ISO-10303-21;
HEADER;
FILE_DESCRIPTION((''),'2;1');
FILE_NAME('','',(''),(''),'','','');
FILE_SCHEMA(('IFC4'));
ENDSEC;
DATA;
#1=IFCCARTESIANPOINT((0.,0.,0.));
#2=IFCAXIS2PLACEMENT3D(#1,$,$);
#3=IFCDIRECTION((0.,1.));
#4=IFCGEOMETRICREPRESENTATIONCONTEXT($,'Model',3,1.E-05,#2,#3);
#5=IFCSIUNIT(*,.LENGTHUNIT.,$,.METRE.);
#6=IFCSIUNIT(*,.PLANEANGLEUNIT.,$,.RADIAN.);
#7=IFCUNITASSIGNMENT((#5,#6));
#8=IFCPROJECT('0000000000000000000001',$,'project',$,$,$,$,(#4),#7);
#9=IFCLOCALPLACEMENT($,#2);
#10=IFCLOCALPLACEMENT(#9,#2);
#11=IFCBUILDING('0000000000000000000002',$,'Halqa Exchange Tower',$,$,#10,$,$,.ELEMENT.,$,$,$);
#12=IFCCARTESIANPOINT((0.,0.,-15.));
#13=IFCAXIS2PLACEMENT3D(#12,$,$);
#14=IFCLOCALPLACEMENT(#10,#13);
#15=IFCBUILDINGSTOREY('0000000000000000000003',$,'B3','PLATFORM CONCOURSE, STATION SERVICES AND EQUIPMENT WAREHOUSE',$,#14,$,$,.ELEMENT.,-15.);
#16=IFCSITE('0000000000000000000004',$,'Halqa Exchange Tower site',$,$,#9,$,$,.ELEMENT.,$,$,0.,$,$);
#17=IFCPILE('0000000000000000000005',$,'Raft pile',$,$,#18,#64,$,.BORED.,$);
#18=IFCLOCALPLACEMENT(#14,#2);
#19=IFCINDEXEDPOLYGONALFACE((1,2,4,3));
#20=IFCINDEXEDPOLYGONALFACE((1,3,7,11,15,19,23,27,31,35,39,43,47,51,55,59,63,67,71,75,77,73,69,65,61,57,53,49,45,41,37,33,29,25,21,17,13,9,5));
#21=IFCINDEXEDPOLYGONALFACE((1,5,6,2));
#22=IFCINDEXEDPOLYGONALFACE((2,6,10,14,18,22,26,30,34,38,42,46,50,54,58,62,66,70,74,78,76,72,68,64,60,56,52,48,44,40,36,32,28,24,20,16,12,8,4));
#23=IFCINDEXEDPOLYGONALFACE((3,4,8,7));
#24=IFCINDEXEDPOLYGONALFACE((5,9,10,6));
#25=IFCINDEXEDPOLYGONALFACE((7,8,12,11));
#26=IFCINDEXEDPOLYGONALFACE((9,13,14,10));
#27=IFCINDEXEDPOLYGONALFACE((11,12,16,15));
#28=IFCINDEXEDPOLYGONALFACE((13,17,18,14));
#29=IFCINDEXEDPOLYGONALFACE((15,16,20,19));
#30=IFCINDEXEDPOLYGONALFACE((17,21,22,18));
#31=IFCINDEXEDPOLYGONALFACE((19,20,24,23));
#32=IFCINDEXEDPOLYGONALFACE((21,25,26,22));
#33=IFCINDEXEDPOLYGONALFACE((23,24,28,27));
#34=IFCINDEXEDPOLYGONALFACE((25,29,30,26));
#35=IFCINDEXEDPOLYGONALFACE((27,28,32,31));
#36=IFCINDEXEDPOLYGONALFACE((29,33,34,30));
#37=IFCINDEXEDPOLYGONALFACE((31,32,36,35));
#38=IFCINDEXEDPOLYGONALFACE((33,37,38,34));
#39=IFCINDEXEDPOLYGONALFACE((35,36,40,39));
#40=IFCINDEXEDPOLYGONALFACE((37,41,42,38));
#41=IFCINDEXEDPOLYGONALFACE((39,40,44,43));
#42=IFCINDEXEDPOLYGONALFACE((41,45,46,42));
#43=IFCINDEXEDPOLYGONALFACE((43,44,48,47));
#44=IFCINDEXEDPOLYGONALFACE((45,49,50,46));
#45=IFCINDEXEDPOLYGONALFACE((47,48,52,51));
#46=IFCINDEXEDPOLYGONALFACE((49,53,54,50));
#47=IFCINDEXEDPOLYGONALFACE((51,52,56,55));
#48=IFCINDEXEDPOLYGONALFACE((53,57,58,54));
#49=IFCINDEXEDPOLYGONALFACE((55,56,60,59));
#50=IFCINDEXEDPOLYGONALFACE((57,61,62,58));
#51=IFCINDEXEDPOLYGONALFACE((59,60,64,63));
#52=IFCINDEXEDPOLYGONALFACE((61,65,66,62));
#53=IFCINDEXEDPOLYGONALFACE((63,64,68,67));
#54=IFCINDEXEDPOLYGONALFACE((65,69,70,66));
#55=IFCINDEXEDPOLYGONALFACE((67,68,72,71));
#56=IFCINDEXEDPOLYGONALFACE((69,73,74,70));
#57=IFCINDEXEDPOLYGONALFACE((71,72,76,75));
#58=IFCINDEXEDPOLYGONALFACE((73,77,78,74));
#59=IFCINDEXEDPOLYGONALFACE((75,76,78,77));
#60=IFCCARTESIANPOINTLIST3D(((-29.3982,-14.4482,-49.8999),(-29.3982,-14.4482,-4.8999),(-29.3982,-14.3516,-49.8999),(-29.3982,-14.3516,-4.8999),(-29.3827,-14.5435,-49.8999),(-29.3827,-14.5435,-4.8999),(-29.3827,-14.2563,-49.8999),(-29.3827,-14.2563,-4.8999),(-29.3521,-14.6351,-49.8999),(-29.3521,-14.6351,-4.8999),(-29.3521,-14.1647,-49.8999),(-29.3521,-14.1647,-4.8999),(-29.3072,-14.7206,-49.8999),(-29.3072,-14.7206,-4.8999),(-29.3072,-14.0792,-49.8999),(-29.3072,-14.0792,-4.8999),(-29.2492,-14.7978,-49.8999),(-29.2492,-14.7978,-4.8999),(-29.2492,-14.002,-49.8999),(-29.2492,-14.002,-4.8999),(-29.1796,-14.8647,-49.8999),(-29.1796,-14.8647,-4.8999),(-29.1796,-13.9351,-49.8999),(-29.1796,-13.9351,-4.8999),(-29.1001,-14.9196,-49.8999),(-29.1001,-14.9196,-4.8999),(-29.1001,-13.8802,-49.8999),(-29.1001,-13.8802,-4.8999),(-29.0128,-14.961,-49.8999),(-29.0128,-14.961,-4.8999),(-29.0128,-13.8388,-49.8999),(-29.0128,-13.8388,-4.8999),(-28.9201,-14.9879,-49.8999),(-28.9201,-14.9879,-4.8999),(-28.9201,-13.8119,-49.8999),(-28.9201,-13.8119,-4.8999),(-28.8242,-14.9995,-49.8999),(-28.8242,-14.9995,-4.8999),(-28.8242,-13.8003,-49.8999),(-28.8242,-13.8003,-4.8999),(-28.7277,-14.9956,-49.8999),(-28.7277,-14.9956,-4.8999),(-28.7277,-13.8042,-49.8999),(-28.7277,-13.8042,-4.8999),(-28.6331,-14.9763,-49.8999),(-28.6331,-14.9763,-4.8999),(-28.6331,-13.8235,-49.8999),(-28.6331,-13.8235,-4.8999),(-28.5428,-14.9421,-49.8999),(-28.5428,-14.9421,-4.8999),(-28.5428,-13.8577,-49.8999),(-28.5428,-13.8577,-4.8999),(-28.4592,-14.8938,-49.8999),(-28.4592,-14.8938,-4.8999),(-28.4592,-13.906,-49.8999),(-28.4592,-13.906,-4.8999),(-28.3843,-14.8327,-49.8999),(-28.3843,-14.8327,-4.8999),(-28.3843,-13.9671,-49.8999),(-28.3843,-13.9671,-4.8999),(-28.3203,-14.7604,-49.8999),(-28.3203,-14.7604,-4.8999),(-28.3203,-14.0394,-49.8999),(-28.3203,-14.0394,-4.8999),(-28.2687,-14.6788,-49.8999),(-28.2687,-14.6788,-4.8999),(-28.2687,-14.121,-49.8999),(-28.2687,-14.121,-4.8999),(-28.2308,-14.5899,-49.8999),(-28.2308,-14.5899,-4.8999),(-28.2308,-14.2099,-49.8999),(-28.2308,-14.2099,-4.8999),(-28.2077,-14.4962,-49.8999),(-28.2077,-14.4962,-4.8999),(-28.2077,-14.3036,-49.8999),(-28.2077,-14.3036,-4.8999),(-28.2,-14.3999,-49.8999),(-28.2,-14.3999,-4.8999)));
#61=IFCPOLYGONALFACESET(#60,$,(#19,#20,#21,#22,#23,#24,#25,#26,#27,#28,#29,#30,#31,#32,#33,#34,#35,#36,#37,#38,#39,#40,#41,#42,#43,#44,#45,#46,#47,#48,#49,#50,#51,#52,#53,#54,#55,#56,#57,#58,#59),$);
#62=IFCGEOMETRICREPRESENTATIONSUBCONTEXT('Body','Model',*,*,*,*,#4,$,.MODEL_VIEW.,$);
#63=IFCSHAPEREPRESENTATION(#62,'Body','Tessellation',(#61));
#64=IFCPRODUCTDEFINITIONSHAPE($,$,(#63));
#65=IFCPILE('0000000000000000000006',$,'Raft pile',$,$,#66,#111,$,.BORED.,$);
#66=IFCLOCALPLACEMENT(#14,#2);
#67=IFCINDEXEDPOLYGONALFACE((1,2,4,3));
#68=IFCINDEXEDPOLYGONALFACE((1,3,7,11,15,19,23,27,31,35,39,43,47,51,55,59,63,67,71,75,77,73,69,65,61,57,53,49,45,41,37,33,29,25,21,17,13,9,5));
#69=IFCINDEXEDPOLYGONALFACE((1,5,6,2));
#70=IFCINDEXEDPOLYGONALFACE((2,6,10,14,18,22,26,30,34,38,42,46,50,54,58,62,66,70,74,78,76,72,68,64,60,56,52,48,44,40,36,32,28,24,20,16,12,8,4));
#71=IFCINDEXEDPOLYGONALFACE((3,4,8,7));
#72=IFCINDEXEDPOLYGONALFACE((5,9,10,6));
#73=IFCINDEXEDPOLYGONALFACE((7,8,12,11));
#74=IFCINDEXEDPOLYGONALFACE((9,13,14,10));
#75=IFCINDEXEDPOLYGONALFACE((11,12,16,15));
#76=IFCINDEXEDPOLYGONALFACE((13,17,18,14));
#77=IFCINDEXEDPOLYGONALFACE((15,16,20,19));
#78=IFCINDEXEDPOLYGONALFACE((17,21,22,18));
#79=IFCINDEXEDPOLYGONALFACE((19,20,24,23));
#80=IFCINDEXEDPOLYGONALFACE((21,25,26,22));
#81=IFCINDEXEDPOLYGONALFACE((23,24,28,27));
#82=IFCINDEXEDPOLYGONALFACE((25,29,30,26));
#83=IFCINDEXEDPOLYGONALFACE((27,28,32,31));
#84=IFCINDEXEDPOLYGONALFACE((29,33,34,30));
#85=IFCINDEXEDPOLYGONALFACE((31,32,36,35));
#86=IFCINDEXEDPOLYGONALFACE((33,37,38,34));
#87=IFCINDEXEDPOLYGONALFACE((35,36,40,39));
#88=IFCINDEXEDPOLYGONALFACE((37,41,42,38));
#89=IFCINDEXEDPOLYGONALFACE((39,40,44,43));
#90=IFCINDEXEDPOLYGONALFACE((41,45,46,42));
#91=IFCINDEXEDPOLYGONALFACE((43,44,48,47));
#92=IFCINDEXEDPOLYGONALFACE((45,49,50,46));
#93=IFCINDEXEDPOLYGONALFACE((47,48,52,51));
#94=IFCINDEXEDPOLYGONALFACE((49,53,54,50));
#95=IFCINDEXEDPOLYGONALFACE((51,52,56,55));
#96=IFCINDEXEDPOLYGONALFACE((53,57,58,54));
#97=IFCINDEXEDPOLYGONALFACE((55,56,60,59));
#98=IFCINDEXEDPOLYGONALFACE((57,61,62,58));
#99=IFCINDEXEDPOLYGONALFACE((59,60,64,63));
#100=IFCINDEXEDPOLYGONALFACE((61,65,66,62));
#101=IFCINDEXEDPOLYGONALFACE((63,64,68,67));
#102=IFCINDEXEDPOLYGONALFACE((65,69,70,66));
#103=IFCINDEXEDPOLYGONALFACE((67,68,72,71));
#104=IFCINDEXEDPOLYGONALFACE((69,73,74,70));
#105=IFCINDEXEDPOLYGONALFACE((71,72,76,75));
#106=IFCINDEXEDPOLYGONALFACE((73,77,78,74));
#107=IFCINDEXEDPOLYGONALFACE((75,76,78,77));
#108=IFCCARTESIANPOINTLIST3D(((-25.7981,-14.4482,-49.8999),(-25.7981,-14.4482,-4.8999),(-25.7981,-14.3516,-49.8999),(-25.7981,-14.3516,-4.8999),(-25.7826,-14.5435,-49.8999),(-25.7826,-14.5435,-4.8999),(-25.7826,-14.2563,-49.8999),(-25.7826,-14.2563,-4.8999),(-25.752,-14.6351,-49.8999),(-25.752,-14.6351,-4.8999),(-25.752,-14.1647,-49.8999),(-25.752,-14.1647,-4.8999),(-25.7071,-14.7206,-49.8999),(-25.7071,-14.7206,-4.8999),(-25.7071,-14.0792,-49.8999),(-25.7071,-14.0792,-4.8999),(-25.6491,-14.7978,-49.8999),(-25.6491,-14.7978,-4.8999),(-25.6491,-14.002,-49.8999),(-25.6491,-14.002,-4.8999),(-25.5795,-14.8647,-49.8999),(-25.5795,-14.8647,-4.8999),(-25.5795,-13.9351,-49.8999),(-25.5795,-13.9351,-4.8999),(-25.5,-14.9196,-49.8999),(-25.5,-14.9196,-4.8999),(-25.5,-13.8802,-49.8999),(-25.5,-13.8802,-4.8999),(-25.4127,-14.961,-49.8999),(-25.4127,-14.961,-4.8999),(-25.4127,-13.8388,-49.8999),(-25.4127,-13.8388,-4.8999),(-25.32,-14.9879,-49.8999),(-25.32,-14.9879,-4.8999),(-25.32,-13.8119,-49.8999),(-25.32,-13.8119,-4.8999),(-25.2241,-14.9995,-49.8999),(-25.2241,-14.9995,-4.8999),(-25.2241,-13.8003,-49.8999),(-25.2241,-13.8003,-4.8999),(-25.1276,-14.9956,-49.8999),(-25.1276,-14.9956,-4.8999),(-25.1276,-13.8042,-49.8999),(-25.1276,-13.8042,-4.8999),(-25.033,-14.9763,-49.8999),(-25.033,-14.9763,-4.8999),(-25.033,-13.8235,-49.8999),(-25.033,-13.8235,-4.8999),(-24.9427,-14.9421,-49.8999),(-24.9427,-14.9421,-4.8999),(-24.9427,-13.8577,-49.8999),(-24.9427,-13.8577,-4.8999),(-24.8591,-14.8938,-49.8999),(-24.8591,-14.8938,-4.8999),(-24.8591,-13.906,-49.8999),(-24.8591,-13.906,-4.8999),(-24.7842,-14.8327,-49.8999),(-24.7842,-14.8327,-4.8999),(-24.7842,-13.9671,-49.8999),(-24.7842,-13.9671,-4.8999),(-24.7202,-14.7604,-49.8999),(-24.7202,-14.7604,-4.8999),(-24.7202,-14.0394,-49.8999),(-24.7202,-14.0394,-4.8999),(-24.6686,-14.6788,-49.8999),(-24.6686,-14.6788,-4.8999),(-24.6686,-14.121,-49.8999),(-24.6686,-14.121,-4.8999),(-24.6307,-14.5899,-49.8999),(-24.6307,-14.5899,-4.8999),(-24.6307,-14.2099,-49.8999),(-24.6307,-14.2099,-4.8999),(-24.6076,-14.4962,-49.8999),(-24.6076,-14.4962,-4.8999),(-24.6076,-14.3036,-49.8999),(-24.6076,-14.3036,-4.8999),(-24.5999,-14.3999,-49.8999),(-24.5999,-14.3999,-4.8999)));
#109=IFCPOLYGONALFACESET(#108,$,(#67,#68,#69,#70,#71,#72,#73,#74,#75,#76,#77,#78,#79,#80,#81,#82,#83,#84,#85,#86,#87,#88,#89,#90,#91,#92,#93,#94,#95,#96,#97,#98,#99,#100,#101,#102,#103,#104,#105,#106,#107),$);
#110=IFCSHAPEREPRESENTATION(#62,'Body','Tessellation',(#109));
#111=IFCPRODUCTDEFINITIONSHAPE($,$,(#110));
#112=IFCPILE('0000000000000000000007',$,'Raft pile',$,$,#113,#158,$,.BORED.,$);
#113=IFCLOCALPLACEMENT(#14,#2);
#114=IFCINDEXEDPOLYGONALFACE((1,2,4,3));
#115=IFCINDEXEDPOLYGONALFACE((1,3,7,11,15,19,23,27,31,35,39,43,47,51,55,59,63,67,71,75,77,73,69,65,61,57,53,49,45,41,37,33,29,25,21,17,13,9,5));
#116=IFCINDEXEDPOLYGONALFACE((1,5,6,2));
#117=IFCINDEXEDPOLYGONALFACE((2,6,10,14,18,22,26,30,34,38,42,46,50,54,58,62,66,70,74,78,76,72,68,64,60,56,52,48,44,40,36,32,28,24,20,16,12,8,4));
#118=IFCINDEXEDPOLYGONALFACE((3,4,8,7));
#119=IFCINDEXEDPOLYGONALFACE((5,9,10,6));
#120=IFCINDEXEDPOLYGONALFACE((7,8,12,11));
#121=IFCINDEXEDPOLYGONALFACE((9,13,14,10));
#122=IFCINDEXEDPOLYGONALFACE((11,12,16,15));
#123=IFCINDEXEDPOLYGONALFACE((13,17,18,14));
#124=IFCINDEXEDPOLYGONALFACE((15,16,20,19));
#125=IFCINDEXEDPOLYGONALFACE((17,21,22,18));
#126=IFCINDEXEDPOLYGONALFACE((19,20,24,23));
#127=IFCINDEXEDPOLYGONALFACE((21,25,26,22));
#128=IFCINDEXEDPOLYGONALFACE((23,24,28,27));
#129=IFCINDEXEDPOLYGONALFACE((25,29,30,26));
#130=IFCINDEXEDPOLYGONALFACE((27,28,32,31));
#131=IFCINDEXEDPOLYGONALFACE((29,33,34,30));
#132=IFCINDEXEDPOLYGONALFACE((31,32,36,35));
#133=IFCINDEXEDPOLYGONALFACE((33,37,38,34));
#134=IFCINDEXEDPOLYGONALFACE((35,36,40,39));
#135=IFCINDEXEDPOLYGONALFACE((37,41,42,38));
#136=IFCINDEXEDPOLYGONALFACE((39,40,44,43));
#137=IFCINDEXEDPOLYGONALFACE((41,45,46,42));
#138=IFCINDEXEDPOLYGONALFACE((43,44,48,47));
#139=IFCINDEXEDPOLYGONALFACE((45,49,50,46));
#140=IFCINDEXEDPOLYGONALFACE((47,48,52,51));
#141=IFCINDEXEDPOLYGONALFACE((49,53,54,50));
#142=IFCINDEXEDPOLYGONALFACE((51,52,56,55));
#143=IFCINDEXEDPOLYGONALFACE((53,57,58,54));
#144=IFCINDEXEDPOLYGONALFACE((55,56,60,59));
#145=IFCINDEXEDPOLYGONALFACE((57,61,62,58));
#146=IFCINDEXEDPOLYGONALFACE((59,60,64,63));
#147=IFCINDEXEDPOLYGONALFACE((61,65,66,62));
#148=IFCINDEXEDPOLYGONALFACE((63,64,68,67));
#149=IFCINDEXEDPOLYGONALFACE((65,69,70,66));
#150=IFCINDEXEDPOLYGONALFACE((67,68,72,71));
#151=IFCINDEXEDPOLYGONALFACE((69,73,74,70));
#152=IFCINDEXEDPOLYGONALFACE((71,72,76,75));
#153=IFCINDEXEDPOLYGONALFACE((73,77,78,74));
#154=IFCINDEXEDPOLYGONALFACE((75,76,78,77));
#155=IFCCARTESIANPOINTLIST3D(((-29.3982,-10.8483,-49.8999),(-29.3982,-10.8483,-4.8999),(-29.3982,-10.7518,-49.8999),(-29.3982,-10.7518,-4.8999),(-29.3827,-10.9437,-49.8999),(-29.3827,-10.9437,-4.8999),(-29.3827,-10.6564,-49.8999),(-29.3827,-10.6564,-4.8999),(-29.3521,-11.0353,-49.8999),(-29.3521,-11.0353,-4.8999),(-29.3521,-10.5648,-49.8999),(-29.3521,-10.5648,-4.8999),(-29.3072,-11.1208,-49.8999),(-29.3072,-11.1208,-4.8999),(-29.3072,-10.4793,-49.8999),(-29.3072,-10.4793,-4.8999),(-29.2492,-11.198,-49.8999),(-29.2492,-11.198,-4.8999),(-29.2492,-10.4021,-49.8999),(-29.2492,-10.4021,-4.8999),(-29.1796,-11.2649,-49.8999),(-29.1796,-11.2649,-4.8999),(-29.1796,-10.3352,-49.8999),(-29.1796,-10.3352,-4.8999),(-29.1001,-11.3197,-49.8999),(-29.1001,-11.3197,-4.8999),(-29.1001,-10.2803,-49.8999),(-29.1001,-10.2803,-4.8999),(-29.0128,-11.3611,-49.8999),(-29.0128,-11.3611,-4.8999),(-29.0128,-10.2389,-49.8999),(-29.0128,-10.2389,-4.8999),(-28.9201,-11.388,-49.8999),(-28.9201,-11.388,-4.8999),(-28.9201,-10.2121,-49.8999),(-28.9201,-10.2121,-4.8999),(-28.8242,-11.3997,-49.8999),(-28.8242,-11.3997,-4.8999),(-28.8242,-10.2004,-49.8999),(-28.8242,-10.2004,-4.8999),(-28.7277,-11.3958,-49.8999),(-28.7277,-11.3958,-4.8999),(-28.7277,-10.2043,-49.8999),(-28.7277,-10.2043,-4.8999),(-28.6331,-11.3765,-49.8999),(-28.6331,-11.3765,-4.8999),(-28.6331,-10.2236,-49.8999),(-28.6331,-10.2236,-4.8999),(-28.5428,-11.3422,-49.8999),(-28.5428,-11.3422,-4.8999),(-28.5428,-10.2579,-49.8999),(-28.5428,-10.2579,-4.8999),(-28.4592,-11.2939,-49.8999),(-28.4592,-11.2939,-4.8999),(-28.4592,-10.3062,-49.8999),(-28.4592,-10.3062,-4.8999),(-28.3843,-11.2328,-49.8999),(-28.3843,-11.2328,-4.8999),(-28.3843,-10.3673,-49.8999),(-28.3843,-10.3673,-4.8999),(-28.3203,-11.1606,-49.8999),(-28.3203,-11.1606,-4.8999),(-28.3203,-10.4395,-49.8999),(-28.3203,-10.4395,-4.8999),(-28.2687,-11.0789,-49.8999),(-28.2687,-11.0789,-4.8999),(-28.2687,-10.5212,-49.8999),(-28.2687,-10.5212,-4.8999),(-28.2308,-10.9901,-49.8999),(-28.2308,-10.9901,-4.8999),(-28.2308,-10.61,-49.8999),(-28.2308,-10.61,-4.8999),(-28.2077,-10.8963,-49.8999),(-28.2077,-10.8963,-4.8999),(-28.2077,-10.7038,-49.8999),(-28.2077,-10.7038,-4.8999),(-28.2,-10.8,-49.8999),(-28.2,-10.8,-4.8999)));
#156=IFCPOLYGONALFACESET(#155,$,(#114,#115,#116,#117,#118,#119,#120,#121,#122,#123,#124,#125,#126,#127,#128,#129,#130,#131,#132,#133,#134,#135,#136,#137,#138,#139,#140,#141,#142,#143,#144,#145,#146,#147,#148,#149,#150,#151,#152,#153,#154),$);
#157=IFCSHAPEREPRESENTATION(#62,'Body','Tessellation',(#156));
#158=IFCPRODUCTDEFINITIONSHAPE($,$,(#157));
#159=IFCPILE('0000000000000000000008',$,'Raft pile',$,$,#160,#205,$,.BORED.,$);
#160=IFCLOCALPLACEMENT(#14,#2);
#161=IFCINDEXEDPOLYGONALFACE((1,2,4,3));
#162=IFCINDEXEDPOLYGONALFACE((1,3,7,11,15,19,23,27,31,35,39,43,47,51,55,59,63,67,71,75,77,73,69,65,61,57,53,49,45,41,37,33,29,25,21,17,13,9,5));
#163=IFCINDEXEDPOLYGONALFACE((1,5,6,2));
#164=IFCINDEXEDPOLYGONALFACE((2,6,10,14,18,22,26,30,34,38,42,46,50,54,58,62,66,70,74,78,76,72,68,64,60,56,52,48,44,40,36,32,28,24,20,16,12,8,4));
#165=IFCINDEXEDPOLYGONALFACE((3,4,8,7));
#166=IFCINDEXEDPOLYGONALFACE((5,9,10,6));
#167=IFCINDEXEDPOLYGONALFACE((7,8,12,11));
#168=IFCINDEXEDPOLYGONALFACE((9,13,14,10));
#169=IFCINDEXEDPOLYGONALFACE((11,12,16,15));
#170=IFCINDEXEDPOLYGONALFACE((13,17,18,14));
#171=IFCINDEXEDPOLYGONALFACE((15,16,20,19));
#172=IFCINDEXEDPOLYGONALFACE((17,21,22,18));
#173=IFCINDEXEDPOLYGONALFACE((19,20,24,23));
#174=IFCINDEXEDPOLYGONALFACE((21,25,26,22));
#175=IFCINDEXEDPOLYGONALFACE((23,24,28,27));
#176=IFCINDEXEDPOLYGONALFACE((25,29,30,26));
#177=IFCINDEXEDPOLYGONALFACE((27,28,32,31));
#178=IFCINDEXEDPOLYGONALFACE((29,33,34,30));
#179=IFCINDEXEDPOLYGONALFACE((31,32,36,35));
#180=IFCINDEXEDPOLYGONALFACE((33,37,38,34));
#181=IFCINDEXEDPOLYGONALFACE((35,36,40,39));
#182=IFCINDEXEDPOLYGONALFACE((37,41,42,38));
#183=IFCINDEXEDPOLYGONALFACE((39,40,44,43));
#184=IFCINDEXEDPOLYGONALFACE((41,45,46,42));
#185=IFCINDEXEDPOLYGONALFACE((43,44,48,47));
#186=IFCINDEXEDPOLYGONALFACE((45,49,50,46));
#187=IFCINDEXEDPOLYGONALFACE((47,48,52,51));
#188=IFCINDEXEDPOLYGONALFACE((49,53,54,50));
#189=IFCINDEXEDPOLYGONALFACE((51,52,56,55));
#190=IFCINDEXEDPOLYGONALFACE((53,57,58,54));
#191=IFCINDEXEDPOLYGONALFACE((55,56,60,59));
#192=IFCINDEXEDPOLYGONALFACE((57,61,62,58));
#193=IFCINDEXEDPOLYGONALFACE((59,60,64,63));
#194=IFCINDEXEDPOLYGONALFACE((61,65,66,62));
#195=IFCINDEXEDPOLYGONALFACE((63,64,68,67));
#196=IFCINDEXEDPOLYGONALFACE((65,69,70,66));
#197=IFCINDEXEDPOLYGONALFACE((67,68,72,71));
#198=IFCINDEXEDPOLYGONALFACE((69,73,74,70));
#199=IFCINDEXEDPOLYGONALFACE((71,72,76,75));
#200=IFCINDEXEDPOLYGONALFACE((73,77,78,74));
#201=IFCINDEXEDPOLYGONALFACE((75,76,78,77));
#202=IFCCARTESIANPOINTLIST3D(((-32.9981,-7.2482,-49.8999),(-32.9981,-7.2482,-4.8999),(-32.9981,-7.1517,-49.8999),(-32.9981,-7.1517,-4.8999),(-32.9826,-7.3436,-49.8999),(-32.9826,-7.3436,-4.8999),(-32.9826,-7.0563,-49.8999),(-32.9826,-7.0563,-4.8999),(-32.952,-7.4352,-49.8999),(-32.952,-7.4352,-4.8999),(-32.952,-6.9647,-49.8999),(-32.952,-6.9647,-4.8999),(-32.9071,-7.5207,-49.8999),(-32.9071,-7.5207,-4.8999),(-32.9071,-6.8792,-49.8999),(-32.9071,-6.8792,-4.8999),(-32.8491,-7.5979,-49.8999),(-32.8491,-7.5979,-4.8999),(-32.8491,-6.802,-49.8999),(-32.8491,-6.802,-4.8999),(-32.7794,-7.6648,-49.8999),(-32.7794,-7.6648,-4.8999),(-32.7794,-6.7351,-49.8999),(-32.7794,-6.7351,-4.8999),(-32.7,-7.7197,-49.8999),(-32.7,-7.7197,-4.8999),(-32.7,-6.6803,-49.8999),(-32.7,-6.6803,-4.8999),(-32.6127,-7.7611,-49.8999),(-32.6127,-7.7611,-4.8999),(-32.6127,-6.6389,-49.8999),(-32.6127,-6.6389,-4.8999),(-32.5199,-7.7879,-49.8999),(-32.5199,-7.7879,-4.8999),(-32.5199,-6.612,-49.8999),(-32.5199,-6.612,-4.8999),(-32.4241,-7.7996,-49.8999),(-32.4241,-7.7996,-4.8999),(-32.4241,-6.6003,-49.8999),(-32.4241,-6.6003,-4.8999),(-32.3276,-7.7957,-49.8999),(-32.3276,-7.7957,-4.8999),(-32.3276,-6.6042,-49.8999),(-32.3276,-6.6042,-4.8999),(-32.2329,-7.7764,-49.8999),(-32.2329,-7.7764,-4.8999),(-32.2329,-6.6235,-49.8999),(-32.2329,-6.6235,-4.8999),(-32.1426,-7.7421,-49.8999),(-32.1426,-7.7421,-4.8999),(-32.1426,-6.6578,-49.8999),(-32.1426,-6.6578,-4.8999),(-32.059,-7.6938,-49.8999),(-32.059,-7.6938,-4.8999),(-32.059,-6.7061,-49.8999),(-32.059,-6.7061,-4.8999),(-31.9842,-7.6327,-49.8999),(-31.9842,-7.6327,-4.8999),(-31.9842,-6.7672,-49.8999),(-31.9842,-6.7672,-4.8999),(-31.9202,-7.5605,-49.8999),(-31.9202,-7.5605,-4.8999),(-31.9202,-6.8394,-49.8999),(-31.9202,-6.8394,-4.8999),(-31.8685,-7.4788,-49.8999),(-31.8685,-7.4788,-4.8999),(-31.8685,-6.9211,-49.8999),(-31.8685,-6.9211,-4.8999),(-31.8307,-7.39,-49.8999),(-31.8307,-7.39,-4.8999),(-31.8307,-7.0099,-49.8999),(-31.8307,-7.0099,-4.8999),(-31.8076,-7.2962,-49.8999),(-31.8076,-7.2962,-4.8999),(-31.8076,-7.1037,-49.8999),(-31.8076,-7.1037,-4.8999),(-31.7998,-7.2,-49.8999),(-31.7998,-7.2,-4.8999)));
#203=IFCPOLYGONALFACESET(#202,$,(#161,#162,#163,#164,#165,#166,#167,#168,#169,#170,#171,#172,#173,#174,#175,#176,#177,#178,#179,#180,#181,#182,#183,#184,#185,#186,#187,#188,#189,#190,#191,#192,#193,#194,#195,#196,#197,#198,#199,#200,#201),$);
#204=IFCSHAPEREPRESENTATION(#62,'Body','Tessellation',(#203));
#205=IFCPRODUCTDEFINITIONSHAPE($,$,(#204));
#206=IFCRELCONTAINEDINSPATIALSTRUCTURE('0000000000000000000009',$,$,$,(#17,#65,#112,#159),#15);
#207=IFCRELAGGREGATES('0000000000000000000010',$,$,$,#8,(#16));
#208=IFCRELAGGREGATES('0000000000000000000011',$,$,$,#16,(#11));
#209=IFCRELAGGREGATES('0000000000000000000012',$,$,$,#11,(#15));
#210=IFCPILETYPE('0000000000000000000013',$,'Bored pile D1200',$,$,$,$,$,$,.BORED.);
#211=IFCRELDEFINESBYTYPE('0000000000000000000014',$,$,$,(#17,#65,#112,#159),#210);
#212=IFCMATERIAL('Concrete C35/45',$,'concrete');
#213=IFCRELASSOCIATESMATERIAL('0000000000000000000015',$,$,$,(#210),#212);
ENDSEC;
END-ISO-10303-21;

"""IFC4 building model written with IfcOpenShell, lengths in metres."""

from ifc_helpers import new_model, si_unit, direction, frame, origin, origin_2d, place, context, subcontext, project, spatial, circle, extrude, material, material_profile, profile_set, type_object, element, save


model = new_model("IFC4")

# Units and contexts
model_context = context("Model", 3, precision=1e-05, world=origin(), true_north=direction((0.0, 1.0)))
body_context = subcontext(model_context, "Body", "Model", "MODEL_VIEW")
ifc_project = project(units=[si_unit("LENGTHUNIT", "METRE"), si_unit("PLANEANGLEUNIT", "RADIAN")], contexts=[model_context])

# Site, building, storey
site_placement = place(None, origin())
site = spatial("IfcSite", under=ifc_project, at=site_placement, Name="Halqa Exchange Tower site", CompositionType="ELEMENT", RefElevation=0.0)
building_placement = place(site_placement, origin())
building = spatial("IfcBuilding", under=site, at=building_placement, Name="Halqa Exchange Tower", CompositionType="ELEMENT")
storey_placement = place(building_placement, frame((0.0, 0.0, -15.0)))
storey = spatial("IfcBuildingStorey", under=building, at=storey_placement, Name="B3", Description="PLATFORM CONCOURSE, STATION SERVICES AND EQUIPMENT WAREHOUSE", CompositionType="ELEMENT", Elevation=-15.0)

# Piles
ifc_material_1 = material(Name="Concrete C35/45", Category="concrete")
ifc_material_profile_1 = material_profile(ifc_material_1, circle(Radius=0.6001, at=origin_2d()), Name="D1200")
ifc_profile_set_1 = profile_set([ifc_material_profile_1], Name="Concrete C35/45")
pile_type_1 = type_object("IfcPileType", Name="Bored pile D1200", PredefinedType="BORED", material=ifc_profile_set_1)
for number, where, z_axis, x_axis, name in (
    (1, (-28.8, -14.3999, -4.8999), (0.0, 0.0, -1.0), (1.0, 0.0, 0.0), "Raft pile"),
    (2, (-25.2, -14.3999, -4.8999), (0.0, 0.0, -1.0), (1.0, 0.0, 0.0), "Raft pile"),
    (3, (-28.8, -10.8, -4.8999), (0.0, 0.0, -1.0), (1.0, 0.0, 0.0), "Raft pile"),
    (4, (-32.3999, -7.2, -4.8999), (0.0, 0.0, -1.0), (1.0, 0.0, 0.0), "Raft pile"),
):
    element("IfcPile", number, at=place(storey_placement, frame(where, z_axis=z_axis, x_axis=x_axis)), inside=storey, type_object=pile_type_1, Name=name, PredefinedType="BORED", context=body_context, shape_type="SweptSolid", body=[
        extrude(circle(Radius=0.6001, at=origin_2d()), origin(), (0.0, 0.0, 1.0), 45.0),
    ])

save(model, "model.ifc")
